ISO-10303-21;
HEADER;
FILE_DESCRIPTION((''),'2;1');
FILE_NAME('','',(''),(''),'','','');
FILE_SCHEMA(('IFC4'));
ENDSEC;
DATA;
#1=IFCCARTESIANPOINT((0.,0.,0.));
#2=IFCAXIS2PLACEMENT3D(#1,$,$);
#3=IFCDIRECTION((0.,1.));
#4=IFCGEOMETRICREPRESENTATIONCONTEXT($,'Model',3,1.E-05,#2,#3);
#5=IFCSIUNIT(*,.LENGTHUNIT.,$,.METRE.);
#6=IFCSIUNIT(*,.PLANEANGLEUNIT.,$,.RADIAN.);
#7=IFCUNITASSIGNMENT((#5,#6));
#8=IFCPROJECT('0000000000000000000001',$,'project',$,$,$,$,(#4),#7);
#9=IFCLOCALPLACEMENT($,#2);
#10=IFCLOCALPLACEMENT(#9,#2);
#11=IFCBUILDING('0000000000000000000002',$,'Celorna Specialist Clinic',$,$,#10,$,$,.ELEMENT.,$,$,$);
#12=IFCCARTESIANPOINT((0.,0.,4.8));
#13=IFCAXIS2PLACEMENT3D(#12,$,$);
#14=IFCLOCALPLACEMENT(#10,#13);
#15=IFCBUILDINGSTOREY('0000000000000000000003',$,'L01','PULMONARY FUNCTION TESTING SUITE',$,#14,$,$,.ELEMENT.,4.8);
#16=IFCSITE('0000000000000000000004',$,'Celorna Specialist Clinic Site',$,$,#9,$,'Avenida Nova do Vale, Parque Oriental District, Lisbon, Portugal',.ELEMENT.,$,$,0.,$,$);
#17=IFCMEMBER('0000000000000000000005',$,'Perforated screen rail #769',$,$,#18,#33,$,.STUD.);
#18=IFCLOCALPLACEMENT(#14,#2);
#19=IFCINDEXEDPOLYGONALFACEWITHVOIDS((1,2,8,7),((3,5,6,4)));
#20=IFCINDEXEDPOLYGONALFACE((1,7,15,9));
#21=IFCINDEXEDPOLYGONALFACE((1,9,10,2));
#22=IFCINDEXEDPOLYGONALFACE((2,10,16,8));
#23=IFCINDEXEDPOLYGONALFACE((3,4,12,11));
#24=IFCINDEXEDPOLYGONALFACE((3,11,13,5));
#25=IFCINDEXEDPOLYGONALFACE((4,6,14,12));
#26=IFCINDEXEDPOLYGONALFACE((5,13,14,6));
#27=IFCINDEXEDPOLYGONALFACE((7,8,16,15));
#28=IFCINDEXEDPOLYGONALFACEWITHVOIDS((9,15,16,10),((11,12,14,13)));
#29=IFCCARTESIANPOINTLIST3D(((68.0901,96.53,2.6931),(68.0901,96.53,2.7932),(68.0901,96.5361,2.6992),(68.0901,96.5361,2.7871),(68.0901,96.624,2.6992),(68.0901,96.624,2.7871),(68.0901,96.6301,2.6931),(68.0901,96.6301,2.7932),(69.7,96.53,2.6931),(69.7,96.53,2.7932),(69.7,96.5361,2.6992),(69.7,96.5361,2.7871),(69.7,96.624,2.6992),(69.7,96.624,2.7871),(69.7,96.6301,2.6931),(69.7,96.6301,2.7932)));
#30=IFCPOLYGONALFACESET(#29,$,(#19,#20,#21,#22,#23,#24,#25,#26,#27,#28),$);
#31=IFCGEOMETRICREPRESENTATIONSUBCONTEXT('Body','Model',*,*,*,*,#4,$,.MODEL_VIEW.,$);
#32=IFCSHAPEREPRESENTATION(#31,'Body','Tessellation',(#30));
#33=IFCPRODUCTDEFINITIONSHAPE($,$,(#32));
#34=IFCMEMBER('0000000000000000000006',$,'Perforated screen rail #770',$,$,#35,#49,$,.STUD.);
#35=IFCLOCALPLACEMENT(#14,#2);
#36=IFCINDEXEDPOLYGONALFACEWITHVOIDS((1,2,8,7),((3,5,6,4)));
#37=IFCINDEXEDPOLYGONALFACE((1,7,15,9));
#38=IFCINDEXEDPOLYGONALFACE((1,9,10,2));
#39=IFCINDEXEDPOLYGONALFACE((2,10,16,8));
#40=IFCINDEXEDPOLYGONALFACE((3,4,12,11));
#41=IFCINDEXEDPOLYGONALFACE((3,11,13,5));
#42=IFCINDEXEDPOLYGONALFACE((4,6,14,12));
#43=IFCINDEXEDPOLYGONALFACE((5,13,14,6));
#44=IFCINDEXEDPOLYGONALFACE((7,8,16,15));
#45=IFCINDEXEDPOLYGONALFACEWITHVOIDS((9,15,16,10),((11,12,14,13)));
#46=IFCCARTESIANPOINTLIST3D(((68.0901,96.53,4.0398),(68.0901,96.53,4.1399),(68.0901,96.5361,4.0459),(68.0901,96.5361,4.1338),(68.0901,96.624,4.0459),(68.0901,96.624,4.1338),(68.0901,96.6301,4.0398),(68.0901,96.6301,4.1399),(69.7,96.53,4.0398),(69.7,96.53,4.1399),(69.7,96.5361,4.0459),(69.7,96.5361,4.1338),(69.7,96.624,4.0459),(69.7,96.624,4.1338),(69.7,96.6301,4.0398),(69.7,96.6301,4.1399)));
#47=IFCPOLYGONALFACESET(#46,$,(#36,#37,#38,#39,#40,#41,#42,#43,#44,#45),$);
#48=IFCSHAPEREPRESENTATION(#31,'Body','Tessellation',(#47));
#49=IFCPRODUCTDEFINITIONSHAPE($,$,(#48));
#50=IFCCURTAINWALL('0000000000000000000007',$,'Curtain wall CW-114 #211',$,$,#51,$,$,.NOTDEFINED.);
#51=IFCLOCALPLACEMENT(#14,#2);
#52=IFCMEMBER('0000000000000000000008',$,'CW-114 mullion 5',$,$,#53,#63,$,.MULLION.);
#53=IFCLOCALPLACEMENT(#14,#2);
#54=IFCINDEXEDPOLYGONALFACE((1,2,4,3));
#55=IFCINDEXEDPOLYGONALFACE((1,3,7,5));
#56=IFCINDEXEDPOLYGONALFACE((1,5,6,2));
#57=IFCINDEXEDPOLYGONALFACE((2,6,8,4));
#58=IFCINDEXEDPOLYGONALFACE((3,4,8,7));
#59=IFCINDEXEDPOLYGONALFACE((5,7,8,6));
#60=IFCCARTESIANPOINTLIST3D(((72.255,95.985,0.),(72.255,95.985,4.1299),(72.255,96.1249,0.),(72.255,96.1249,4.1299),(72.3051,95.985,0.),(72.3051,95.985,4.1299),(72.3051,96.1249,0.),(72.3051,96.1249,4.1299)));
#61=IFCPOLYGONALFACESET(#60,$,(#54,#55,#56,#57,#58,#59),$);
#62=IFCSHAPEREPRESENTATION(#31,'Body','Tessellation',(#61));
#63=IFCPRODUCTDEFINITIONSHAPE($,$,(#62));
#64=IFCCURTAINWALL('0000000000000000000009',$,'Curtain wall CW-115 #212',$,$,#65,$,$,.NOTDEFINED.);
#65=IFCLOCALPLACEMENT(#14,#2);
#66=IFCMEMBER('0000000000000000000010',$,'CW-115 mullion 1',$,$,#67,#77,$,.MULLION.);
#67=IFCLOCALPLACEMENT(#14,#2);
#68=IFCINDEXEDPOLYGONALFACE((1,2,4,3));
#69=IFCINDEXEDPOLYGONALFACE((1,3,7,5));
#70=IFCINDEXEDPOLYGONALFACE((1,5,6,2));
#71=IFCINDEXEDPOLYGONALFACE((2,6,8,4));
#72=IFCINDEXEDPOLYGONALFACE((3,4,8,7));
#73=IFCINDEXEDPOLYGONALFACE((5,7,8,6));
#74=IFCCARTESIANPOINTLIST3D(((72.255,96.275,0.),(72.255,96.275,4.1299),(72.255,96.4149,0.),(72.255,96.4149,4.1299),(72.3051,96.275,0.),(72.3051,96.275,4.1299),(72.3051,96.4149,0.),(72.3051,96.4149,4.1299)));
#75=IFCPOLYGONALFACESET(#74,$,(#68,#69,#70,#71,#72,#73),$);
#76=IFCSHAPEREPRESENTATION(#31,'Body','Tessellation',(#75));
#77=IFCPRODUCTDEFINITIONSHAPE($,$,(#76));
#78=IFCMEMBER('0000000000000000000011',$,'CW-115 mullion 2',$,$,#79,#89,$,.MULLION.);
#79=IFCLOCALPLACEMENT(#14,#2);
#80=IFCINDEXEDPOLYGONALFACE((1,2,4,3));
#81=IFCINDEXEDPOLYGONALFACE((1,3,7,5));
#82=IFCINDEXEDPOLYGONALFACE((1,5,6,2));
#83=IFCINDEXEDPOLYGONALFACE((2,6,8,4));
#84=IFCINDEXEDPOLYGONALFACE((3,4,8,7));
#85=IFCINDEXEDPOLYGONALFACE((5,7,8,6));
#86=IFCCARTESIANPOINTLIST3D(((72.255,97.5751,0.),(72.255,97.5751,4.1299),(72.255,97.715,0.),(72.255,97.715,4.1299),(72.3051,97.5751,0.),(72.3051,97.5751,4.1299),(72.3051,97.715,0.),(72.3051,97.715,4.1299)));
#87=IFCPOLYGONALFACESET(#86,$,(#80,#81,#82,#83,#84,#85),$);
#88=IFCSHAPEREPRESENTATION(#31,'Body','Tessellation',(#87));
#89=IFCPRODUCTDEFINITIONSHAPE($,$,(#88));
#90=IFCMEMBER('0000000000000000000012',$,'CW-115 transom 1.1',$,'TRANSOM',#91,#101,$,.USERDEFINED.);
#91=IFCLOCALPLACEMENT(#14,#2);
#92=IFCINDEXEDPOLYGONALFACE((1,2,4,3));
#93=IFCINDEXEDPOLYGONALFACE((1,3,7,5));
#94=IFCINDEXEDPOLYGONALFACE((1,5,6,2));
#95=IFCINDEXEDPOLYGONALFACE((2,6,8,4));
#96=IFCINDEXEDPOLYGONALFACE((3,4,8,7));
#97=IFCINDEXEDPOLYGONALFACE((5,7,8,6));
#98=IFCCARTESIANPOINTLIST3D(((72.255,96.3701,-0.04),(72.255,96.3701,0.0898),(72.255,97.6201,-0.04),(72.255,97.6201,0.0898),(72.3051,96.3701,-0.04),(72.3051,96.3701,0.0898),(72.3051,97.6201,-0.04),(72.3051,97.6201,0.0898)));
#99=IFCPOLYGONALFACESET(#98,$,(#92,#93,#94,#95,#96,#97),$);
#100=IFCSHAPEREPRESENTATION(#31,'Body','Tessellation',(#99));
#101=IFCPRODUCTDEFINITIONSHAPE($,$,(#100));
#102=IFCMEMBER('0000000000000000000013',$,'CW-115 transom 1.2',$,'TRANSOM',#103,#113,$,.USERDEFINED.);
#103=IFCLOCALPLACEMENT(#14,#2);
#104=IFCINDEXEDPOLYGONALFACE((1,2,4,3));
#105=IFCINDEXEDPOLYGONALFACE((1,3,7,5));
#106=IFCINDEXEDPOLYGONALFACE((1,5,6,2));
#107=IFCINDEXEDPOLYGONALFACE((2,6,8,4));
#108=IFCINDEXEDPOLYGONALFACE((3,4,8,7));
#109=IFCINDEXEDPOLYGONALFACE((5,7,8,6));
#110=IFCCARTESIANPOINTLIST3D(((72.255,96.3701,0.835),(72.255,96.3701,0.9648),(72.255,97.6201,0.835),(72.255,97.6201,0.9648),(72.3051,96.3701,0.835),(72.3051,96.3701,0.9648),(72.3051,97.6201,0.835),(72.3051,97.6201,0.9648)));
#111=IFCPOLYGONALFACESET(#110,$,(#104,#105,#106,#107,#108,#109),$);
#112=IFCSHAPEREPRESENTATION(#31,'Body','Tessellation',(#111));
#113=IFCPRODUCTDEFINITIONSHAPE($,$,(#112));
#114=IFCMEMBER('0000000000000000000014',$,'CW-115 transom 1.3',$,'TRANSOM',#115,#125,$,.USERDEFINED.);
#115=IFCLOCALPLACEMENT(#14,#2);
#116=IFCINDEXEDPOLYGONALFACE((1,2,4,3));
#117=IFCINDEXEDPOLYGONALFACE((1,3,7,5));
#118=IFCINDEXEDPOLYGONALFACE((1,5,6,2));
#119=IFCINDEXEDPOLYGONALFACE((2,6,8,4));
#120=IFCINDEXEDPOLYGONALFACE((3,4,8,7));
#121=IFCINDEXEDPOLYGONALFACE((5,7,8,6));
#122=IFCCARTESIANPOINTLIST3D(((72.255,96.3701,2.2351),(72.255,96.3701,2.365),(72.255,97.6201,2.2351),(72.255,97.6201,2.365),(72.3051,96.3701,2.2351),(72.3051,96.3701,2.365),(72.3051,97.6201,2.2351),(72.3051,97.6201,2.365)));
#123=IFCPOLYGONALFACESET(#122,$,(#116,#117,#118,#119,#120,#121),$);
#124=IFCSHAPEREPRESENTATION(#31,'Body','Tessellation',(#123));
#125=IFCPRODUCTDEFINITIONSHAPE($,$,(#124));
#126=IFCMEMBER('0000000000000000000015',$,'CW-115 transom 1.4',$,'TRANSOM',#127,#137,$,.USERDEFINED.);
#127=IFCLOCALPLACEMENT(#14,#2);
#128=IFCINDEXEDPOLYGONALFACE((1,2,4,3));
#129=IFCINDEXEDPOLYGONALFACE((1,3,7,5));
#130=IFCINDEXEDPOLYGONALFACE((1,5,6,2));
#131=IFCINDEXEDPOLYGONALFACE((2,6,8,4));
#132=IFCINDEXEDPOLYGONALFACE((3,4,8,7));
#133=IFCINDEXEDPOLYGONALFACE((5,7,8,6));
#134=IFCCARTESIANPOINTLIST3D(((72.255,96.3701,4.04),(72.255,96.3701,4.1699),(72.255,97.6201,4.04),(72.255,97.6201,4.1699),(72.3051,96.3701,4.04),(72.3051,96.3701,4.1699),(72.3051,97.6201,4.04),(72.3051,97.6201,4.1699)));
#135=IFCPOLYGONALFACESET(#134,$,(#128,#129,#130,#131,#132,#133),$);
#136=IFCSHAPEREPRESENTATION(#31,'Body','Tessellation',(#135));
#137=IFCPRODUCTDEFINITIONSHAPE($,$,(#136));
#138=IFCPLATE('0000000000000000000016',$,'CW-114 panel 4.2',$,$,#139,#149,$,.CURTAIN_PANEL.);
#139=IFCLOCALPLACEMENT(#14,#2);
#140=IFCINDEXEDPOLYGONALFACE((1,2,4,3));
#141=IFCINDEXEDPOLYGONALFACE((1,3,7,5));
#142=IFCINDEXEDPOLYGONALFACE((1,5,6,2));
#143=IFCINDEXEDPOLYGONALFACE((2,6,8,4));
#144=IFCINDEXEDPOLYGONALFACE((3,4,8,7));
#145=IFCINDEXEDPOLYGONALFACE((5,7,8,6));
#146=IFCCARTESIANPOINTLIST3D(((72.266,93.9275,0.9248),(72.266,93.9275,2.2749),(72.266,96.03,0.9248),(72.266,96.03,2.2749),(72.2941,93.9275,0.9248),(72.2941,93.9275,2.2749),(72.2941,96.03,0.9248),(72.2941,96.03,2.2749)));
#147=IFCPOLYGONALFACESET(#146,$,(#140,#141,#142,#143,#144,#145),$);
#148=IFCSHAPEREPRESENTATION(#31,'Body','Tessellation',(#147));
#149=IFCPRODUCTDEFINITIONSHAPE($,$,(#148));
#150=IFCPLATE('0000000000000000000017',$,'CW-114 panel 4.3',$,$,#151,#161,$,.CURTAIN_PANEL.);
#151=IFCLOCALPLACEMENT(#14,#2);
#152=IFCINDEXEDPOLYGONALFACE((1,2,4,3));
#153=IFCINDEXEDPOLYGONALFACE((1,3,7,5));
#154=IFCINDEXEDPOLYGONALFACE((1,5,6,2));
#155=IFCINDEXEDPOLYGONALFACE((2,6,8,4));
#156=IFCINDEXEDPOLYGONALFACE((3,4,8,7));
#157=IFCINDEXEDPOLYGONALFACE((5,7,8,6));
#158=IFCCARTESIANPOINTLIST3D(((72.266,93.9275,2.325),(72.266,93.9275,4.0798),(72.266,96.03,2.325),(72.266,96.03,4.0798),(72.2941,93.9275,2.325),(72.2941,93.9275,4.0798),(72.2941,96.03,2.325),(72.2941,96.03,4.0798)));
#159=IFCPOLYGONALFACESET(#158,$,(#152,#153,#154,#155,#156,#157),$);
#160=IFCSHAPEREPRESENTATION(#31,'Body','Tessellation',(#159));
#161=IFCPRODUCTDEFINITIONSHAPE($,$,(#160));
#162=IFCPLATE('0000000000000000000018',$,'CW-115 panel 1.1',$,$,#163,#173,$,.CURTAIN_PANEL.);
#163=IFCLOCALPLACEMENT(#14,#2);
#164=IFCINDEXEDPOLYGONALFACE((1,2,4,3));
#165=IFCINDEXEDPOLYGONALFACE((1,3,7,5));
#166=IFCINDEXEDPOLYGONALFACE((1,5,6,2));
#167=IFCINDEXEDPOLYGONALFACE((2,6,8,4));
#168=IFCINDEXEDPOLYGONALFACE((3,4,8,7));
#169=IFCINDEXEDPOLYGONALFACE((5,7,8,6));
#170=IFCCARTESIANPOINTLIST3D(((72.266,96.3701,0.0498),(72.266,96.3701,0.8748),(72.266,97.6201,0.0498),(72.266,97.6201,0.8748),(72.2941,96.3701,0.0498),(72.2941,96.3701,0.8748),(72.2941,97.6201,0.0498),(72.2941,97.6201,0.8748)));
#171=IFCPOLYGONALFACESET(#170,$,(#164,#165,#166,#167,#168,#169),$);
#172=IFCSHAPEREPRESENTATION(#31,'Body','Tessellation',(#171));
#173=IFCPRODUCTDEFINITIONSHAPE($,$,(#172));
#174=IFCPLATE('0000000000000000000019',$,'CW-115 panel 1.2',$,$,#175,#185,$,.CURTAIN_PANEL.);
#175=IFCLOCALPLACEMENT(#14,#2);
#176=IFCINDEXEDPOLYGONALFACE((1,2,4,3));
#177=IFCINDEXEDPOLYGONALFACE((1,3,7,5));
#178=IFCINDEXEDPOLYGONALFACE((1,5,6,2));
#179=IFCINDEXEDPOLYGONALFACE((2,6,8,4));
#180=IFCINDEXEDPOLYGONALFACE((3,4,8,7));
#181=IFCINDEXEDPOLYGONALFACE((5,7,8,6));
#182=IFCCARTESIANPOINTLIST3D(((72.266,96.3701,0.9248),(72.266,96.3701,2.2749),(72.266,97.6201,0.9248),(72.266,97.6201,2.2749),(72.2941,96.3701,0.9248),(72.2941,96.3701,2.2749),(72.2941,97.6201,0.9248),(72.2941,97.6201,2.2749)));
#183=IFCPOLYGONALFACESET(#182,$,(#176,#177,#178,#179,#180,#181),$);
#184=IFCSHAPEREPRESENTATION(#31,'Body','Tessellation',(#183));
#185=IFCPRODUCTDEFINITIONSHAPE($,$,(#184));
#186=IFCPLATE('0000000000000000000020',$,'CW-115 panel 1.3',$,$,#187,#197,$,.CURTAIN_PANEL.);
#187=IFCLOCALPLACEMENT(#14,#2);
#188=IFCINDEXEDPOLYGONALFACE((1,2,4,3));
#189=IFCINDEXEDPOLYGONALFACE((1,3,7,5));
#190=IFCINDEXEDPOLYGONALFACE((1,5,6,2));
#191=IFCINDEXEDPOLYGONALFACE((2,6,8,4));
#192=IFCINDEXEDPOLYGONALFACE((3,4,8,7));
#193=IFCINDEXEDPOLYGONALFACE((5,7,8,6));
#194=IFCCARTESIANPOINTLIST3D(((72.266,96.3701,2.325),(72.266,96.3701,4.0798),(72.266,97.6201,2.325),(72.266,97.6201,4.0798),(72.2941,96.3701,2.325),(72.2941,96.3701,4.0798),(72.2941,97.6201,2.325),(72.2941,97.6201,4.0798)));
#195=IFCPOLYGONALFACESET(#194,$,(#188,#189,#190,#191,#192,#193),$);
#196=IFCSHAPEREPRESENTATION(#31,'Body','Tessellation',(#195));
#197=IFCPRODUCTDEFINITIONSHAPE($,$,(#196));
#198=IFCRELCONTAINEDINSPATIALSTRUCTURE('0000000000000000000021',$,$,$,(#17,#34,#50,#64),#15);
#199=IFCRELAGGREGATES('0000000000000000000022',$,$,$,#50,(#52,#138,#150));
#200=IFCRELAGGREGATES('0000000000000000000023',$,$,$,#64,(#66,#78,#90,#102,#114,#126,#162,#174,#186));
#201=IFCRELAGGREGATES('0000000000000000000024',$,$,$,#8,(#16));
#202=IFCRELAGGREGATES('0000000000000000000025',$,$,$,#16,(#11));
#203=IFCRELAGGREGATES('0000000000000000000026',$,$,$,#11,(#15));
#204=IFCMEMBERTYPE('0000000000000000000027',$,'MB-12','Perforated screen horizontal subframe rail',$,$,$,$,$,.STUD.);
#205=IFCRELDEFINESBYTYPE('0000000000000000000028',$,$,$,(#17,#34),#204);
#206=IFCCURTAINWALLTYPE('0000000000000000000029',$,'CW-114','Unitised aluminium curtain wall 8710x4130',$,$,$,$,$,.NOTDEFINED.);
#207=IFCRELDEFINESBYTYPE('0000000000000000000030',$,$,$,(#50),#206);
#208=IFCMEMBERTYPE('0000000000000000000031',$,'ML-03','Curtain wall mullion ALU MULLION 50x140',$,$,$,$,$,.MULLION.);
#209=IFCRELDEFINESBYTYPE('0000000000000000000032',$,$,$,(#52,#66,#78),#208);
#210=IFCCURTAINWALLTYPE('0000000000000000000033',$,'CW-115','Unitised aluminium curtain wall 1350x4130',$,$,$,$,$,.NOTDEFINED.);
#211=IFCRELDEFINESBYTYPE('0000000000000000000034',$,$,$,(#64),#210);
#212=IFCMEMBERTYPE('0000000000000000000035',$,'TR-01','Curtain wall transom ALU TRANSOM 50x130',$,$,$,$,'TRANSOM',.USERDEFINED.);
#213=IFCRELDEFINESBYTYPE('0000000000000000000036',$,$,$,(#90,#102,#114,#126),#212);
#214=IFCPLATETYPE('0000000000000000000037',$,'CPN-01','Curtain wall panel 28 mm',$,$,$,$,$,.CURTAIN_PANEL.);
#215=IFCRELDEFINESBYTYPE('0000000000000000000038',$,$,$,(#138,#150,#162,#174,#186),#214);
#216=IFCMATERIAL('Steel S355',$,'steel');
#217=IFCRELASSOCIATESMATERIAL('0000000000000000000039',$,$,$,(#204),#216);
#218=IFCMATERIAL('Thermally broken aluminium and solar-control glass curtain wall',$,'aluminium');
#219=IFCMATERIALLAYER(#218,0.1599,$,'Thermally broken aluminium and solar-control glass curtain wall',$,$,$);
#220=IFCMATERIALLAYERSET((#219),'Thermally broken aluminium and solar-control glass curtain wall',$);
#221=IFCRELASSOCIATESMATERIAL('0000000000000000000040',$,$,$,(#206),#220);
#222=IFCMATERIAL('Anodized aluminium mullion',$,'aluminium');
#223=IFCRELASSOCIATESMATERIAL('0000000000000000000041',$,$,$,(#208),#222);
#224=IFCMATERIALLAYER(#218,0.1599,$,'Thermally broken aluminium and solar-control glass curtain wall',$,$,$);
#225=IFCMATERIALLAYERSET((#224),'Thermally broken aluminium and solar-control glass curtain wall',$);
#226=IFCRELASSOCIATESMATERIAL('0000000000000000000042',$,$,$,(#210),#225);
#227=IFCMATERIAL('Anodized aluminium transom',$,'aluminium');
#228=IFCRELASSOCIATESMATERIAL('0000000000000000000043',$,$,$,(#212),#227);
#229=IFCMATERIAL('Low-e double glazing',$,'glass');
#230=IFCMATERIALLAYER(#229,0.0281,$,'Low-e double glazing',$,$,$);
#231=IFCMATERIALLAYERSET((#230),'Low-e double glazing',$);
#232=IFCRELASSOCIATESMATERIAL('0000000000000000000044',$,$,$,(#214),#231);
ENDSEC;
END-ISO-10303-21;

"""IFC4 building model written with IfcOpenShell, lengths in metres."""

from ifc_helpers import new_model, si_unit, direction, frame, origin, origin_2d, place, context, subcontext, project, spatial, rectangle, hollow_rectangle, extrude, material, layer, layer_set, material_profile, profile_set, type_object, element, aggregate, save


model = new_model("IFC4")

# Units and contexts
model_context = context("Model", 3, precision=1e-05, world=origin(), true_north=direction((0.0, 1.0)))
body_context = subcontext(model_context, "Body", "Model", "MODEL_VIEW")
ifc_project = project(units=[si_unit("LENGTHUNIT", "METRE"), si_unit("PLANEANGLEUNIT", "RADIAN")], contexts=[model_context])

# Site, building, storey
site_placement = place(None, origin())
site = spatial("IfcSite", under=ifc_project, at=site_placement, Name="Celorna Specialist Clinic Site", LongName="Avenida Nova do Vale, Parque Oriental District, Lisbon, Portugal", CompositionType="ELEMENT", RefElevation=0.0)
building_placement = place(site_placement, origin())
building = spatial("IfcBuilding", under=site, at=building_placement, Name="Celorna Specialist Clinic", CompositionType="ELEMENT")
storey_placement = place(building_placement, frame((0.0, 0.0, 4.8)))
storey = spatial("IfcBuildingStorey", under=building, at=storey_placement, Name="L01", Description="PULMONARY FUNCTION TESTING SUITE", CompositionType="ELEMENT", Elevation=4.8)

# Shared definitions
ifc_material_1 = material(Name="Steel S355", Category="steel")

# Members
ifc_material_profile_1 = material_profile(ifc_material_1, hollow_rectangle(XDim=0.1001, YDim=0.1001, WallThickness=0.0061, at=origin_2d()), Name="SHS 100x100x6")
ifc_profile_set_1 = profile_set([ifc_material_profile_1], Name="Steel S355")
member_type_1 = type_object("IfcMemberType", Name="MB-12", Description="Perforated screen horizontal subframe rail", PredefinedType="STUD", material=ifc_profile_set_1)
for number, where, z_axis, x_axis, name in (
    (1, (68.0901, 96.5801, 2.7432), (1.0, 0.0, 0.0), (0.0, 1.0, 0.0), "Perforated screen rail #769"),
    (2, (68.0901, 96.5801, 4.0898), (1.0, 0.0, 0.0), (0.0, 1.0, 0.0), "Perforated screen rail #770"),
):
    element("IfcMember", number, at=place(storey_placement, frame(where, z_axis=z_axis, x_axis=x_axis)), inside=storey, type_object=member_type_1, Name=name, PredefinedType="STUD", context=body_context, shape_type="SweptSolid", body=[
        extrude(hollow_rectangle(XDim=0.1001, YDim=0.1001, WallThickness=0.0061, at=origin_2d()), origin(), (0.0, 0.0, 1.0), 1.6099),
    ])

# Curtain wall, member
ifc_material_2 = material(Name="Thermally broken aluminium and solar-control glass curtain wall", Category="aluminium")
ifc_layer_1 = layer(ifc_material_2, 0.1599, Name="Thermally broken aluminium and solar-control glass curtain wall")
ifc_layer_set_1 = layer_set([ifc_layer_1], Name="Thermally broken aluminium and solar-control glass curtain wall")
curtain_wall_type_1 = type_object("IfcCurtainWallType", Name="CW-114", Description="Unitised aluminium curtain wall 8710x4130", PredefinedType="NOTDEFINED", material=ifc_layer_set_1)
curtain_wall_1_placement = place(storey_placement, origin())
curtain_wall_1 = element("IfcCurtainWall", 3, at=curtain_wall_1_placement, inside=storey, type_object=curtain_wall_type_1, Name="Curtain wall CW-114 #211", PredefinedType="NOTDEFINED")
ifc_material_3 = material(Name="Anodized aluminium mullion", Category="aluminium")
ifc_material_profile_2 = material_profile(ifc_material_3, rectangle(XDim=0.05, YDim=0.1399, at=origin_2d()), Name="ALU MULLION 50x140")
ifc_profile_set_2 = profile_set([ifc_material_profile_2], Name="Anodized aluminium mullion")
member_type_2 = type_object("IfcMemberType", Name="ML-03", Description="Curtain wall mullion ALU MULLION 50x140", PredefinedType="MULLION", material=ifc_profile_set_2)
member_1_placement = place(storey_placement, frame((72.28, 96.0549, 0.0), z_axis=(0.0, 0.0, 1.0), x_axis=(-1.0, 0.0, 0.0)))
member_1 = element("IfcMember", 4, at=member_1_placement, type_object=member_type_2, Name="CW-114 mullion 5", PredefinedType="MULLION", context=body_context, shape_type="SweptSolid", body=[
    extrude(rectangle(XDim=0.05, YDim=0.1399, at=origin_2d()), origin(), (0.0, 0.0, 1.0), 4.1299),
])

# Curtain wall, members
ifc_layer_2 = layer(ifc_material_2, 0.1599, Name="Thermally broken aluminium and solar-control glass curtain wall")
ifc_layer_set_2 = layer_set([ifc_layer_2], Name="Thermally broken aluminium and solar-control glass curtain wall")
curtain_wall_type_2 = type_object("IfcCurtainWallType", Name="CW-115", Description="Unitised aluminium curtain wall 1350x4130", PredefinedType="NOTDEFINED", material=ifc_layer_set_2)
curtain_wall_2_placement = place(storey_placement, origin())
curtain_wall_2 = element("IfcCurtainWall", 5, at=curtain_wall_2_placement, inside=storey, type_object=curtain_wall_type_2, Name="Curtain wall CW-115 #212", PredefinedType="NOTDEFINED")
member_2_placement = place(storey_placement, frame((72.28, 96.345, 0.0), z_axis=(0.0, 0.0, 1.0), x_axis=(-1.0, 0.0, 0.0)))
member_2 = element("IfcMember", 6, at=member_2_placement, type_object=member_type_2, Name="CW-115 mullion 1", PredefinedType="MULLION", context=body_context, shape_type="SweptSolid", body=[
    extrude(rectangle(XDim=0.05, YDim=0.1399, at=origin_2d()), origin(), (0.0, 0.0, 1.0), 4.1299),
])
member_3_placement = place(storey_placement, frame((72.28, 97.645, 0.0), z_axis=(0.0, 0.0, 1.0), x_axis=(-1.0, 0.0, 0.0)))
member_3 = element("IfcMember", 7, at=member_3_placement, type_object=member_type_2, Name="CW-115 mullion 2", PredefinedType="MULLION", context=body_context, shape_type="SweptSolid", body=[
    extrude(rectangle(XDim=0.05, YDim=0.1399, at=origin_2d()), origin(), (0.0, 0.0, 1.0), 4.1299),
])
ifc_material_4 = material(Name="Anodized aluminium transom", Category="aluminium")
ifc_material_profile_3 = material_profile(ifc_material_4, rectangle(XDim=0.05, YDim=0.1299, at=origin_2d()), Name="ALU TRANSOM 50x130")
ifc_profile_set_3 = profile_set([ifc_material_profile_3], Name="Anodized aluminium transom")
member_type_3 = type_object("IfcMemberType", Name="TR-01", Description="Curtain wall transom ALU TRANSOM 50x130", ElementType="TRANSOM", PredefinedType="USERDEFINED", material=ifc_profile_set_3)
member_4_placement = place(storey_placement, frame((72.28, 96.3701, 0.0249), z_axis=(0.0, 1.0, 0.0), x_axis=(-1.0, 0.0, 0.0)))
member_4 = element("IfcMember", 8, at=member_4_placement, type_object=member_type_3, Name="CW-115 transom 1.1", ObjectType="TRANSOM", PredefinedType="USERDEFINED", context=body_context, shape_type="SweptSolid", body=[
    extrude(rectangle(XDim=0.05, YDim=0.1299, at=origin_2d()), origin(), (0.0, 0.0, 1.0), 1.25),
])
member_5_placement = place(storey_placement, frame((72.28, 96.3701, 0.8999), z_axis=(0.0, 1.0, 0.0), x_axis=(-1.0, 0.0, 0.0)))
member_5 = element("IfcMember", 9, at=member_5_placement, type_object=member_type_3, Name="CW-115 transom 1.2", ObjectType="TRANSOM", PredefinedType="USERDEFINED", context=body_context, shape_type="SweptSolid", body=[
    extrude(rectangle(XDim=0.05, YDim=0.1299, at=origin_2d()), origin(), (0.0, 0.0, 1.0), 1.25),
])
member_6_placement = place(storey_placement, frame((72.28, 96.3701, 2.3), z_axis=(0.0, 1.0, 0.0), x_axis=(-1.0, 0.0, 0.0)))
member_6 = element("IfcMember", 10, at=member_6_placement, type_object=member_type_3, Name="CW-115 transom 1.3", ObjectType="TRANSOM", PredefinedType="USERDEFINED", context=body_context, shape_type="SweptSolid", body=[
    extrude(rectangle(XDim=0.05, YDim=0.1299, at=origin_2d()), origin(), (0.0, 0.0, 1.0), 1.25),
])
member_7_placement = place(storey_placement, frame((72.28, 96.3701, 4.105), z_axis=(0.0, 1.0, 0.0), x_axis=(-1.0, 0.0, 0.0)))
member_7 = element("IfcMember", 11, at=member_7_placement, type_object=member_type_3, Name="CW-115 transom 1.4", ObjectType="TRANSOM", PredefinedType="USERDEFINED", context=body_context, shape_type="SweptSolid", body=[
    extrude(rectangle(XDim=0.05, YDim=0.1299, at=origin_2d()), origin(), (0.0, 0.0, 1.0), 1.25),
])

# Plates
ifc_material_5 = material(Name="Low-e double glazing", Category="glass")
ifc_layer_3 = layer(ifc_material_5, 0.0281, Name="Low-e double glazing")
ifc_layer_set_3 = layer_set([ifc_layer_3], Name="Low-e double glazing")
plate_type_1 = type_object("IfcPlateType", Name="CPN-01", Description="Curtain wall panel 28 mm", PredefinedType="CURTAIN_PANEL", material=ifc_layer_set_3)
plate_1_placement = place(storey_placement, frame((72.28, 94.9788, 0.9248), z_axis=(0.0, 0.0, 1.0), x_axis=(0.0, 1.0, 0.0)))
plate_1 = element("IfcPlate", 12, at=plate_1_placement, type_object=plate_type_1, Name="CW-114 panel 4.2", PredefinedType="CURTAIN_PANEL", context=body_context, shape_type="SweptSolid", body=[
    extrude(rectangle(XDim=2.1025, YDim=0.0281, at=origin_2d()), origin(), (0.0, 0.0, 1.0), 1.3501),
])
plate_2_placement = place(storey_placement, frame((72.28, 94.9788, 2.325), z_axis=(0.0, 0.0, 1.0), x_axis=(0.0, 1.0, 0.0)))
plate_2 = element("IfcPlate", 13, at=plate_2_placement, type_object=plate_type_1, Name="CW-114 panel 4.3", PredefinedType="CURTAIN_PANEL", context=body_context, shape_type="SweptSolid", body=[
    extrude(rectangle(XDim=2.1025, YDim=0.0281, at=origin_2d()), origin(), (0.0, 0.0, 1.0), 1.7549),
])
aggregate(curtain_wall_1, [member_1, plate_1, plate_2])
plate_3_placement = place(storey_placement, frame((72.28, 96.9951, 0.0498), z_axis=(0.0, 0.0, 1.0), x_axis=(0.0, 1.0, 0.0)))
plate_3 = element("IfcPlate", 14, at=plate_3_placement, type_object=plate_type_1, Name="CW-115 panel 1.1", PredefinedType="CURTAIN_PANEL", context=body_context, shape_type="SweptSolid", body=[
    extrude(rectangle(XDim=1.25, YDim=0.0281, at=origin_2d()), origin(), (0.0, 0.0, 1.0), 0.825),
])
plate_4_placement = place(storey_placement, frame((72.28, 96.9951, 0.9248), z_axis=(0.0, 0.0, 1.0), x_axis=(0.0, 1.0, 0.0)))
plate_4 = element("IfcPlate", 15, at=plate_4_placement, type_object=plate_type_1, Name="CW-115 panel 1.2", PredefinedType="CURTAIN_PANEL", context=body_context, shape_type="SweptSolid", body=[
    extrude(rectangle(XDim=1.25, YDim=0.0281, at=origin_2d()), origin(), (0.0, 0.0, 1.0), 1.3501),
])
plate_5_placement = place(storey_placement, frame((72.28, 96.9951, 2.325), z_axis=(0.0, 0.0, 1.0), x_axis=(0.0, 1.0, 0.0)))
plate_5 = element("IfcPlate", 16, at=plate_5_placement, type_object=plate_type_1, Name="CW-115 panel 1.3", PredefinedType="CURTAIN_PANEL", context=body_context, shape_type="SweptSolid", body=[
    extrude(rectangle(XDim=1.25, YDim=0.0281, at=origin_2d()), origin(), (0.0, 0.0, 1.0), 1.7549),
])
aggregate(curtain_wall_2, [member_2, member_3, member_4, member_5, member_6, member_7, plate_3, plate_4, plate_5])

save(model, "model.ifc")
